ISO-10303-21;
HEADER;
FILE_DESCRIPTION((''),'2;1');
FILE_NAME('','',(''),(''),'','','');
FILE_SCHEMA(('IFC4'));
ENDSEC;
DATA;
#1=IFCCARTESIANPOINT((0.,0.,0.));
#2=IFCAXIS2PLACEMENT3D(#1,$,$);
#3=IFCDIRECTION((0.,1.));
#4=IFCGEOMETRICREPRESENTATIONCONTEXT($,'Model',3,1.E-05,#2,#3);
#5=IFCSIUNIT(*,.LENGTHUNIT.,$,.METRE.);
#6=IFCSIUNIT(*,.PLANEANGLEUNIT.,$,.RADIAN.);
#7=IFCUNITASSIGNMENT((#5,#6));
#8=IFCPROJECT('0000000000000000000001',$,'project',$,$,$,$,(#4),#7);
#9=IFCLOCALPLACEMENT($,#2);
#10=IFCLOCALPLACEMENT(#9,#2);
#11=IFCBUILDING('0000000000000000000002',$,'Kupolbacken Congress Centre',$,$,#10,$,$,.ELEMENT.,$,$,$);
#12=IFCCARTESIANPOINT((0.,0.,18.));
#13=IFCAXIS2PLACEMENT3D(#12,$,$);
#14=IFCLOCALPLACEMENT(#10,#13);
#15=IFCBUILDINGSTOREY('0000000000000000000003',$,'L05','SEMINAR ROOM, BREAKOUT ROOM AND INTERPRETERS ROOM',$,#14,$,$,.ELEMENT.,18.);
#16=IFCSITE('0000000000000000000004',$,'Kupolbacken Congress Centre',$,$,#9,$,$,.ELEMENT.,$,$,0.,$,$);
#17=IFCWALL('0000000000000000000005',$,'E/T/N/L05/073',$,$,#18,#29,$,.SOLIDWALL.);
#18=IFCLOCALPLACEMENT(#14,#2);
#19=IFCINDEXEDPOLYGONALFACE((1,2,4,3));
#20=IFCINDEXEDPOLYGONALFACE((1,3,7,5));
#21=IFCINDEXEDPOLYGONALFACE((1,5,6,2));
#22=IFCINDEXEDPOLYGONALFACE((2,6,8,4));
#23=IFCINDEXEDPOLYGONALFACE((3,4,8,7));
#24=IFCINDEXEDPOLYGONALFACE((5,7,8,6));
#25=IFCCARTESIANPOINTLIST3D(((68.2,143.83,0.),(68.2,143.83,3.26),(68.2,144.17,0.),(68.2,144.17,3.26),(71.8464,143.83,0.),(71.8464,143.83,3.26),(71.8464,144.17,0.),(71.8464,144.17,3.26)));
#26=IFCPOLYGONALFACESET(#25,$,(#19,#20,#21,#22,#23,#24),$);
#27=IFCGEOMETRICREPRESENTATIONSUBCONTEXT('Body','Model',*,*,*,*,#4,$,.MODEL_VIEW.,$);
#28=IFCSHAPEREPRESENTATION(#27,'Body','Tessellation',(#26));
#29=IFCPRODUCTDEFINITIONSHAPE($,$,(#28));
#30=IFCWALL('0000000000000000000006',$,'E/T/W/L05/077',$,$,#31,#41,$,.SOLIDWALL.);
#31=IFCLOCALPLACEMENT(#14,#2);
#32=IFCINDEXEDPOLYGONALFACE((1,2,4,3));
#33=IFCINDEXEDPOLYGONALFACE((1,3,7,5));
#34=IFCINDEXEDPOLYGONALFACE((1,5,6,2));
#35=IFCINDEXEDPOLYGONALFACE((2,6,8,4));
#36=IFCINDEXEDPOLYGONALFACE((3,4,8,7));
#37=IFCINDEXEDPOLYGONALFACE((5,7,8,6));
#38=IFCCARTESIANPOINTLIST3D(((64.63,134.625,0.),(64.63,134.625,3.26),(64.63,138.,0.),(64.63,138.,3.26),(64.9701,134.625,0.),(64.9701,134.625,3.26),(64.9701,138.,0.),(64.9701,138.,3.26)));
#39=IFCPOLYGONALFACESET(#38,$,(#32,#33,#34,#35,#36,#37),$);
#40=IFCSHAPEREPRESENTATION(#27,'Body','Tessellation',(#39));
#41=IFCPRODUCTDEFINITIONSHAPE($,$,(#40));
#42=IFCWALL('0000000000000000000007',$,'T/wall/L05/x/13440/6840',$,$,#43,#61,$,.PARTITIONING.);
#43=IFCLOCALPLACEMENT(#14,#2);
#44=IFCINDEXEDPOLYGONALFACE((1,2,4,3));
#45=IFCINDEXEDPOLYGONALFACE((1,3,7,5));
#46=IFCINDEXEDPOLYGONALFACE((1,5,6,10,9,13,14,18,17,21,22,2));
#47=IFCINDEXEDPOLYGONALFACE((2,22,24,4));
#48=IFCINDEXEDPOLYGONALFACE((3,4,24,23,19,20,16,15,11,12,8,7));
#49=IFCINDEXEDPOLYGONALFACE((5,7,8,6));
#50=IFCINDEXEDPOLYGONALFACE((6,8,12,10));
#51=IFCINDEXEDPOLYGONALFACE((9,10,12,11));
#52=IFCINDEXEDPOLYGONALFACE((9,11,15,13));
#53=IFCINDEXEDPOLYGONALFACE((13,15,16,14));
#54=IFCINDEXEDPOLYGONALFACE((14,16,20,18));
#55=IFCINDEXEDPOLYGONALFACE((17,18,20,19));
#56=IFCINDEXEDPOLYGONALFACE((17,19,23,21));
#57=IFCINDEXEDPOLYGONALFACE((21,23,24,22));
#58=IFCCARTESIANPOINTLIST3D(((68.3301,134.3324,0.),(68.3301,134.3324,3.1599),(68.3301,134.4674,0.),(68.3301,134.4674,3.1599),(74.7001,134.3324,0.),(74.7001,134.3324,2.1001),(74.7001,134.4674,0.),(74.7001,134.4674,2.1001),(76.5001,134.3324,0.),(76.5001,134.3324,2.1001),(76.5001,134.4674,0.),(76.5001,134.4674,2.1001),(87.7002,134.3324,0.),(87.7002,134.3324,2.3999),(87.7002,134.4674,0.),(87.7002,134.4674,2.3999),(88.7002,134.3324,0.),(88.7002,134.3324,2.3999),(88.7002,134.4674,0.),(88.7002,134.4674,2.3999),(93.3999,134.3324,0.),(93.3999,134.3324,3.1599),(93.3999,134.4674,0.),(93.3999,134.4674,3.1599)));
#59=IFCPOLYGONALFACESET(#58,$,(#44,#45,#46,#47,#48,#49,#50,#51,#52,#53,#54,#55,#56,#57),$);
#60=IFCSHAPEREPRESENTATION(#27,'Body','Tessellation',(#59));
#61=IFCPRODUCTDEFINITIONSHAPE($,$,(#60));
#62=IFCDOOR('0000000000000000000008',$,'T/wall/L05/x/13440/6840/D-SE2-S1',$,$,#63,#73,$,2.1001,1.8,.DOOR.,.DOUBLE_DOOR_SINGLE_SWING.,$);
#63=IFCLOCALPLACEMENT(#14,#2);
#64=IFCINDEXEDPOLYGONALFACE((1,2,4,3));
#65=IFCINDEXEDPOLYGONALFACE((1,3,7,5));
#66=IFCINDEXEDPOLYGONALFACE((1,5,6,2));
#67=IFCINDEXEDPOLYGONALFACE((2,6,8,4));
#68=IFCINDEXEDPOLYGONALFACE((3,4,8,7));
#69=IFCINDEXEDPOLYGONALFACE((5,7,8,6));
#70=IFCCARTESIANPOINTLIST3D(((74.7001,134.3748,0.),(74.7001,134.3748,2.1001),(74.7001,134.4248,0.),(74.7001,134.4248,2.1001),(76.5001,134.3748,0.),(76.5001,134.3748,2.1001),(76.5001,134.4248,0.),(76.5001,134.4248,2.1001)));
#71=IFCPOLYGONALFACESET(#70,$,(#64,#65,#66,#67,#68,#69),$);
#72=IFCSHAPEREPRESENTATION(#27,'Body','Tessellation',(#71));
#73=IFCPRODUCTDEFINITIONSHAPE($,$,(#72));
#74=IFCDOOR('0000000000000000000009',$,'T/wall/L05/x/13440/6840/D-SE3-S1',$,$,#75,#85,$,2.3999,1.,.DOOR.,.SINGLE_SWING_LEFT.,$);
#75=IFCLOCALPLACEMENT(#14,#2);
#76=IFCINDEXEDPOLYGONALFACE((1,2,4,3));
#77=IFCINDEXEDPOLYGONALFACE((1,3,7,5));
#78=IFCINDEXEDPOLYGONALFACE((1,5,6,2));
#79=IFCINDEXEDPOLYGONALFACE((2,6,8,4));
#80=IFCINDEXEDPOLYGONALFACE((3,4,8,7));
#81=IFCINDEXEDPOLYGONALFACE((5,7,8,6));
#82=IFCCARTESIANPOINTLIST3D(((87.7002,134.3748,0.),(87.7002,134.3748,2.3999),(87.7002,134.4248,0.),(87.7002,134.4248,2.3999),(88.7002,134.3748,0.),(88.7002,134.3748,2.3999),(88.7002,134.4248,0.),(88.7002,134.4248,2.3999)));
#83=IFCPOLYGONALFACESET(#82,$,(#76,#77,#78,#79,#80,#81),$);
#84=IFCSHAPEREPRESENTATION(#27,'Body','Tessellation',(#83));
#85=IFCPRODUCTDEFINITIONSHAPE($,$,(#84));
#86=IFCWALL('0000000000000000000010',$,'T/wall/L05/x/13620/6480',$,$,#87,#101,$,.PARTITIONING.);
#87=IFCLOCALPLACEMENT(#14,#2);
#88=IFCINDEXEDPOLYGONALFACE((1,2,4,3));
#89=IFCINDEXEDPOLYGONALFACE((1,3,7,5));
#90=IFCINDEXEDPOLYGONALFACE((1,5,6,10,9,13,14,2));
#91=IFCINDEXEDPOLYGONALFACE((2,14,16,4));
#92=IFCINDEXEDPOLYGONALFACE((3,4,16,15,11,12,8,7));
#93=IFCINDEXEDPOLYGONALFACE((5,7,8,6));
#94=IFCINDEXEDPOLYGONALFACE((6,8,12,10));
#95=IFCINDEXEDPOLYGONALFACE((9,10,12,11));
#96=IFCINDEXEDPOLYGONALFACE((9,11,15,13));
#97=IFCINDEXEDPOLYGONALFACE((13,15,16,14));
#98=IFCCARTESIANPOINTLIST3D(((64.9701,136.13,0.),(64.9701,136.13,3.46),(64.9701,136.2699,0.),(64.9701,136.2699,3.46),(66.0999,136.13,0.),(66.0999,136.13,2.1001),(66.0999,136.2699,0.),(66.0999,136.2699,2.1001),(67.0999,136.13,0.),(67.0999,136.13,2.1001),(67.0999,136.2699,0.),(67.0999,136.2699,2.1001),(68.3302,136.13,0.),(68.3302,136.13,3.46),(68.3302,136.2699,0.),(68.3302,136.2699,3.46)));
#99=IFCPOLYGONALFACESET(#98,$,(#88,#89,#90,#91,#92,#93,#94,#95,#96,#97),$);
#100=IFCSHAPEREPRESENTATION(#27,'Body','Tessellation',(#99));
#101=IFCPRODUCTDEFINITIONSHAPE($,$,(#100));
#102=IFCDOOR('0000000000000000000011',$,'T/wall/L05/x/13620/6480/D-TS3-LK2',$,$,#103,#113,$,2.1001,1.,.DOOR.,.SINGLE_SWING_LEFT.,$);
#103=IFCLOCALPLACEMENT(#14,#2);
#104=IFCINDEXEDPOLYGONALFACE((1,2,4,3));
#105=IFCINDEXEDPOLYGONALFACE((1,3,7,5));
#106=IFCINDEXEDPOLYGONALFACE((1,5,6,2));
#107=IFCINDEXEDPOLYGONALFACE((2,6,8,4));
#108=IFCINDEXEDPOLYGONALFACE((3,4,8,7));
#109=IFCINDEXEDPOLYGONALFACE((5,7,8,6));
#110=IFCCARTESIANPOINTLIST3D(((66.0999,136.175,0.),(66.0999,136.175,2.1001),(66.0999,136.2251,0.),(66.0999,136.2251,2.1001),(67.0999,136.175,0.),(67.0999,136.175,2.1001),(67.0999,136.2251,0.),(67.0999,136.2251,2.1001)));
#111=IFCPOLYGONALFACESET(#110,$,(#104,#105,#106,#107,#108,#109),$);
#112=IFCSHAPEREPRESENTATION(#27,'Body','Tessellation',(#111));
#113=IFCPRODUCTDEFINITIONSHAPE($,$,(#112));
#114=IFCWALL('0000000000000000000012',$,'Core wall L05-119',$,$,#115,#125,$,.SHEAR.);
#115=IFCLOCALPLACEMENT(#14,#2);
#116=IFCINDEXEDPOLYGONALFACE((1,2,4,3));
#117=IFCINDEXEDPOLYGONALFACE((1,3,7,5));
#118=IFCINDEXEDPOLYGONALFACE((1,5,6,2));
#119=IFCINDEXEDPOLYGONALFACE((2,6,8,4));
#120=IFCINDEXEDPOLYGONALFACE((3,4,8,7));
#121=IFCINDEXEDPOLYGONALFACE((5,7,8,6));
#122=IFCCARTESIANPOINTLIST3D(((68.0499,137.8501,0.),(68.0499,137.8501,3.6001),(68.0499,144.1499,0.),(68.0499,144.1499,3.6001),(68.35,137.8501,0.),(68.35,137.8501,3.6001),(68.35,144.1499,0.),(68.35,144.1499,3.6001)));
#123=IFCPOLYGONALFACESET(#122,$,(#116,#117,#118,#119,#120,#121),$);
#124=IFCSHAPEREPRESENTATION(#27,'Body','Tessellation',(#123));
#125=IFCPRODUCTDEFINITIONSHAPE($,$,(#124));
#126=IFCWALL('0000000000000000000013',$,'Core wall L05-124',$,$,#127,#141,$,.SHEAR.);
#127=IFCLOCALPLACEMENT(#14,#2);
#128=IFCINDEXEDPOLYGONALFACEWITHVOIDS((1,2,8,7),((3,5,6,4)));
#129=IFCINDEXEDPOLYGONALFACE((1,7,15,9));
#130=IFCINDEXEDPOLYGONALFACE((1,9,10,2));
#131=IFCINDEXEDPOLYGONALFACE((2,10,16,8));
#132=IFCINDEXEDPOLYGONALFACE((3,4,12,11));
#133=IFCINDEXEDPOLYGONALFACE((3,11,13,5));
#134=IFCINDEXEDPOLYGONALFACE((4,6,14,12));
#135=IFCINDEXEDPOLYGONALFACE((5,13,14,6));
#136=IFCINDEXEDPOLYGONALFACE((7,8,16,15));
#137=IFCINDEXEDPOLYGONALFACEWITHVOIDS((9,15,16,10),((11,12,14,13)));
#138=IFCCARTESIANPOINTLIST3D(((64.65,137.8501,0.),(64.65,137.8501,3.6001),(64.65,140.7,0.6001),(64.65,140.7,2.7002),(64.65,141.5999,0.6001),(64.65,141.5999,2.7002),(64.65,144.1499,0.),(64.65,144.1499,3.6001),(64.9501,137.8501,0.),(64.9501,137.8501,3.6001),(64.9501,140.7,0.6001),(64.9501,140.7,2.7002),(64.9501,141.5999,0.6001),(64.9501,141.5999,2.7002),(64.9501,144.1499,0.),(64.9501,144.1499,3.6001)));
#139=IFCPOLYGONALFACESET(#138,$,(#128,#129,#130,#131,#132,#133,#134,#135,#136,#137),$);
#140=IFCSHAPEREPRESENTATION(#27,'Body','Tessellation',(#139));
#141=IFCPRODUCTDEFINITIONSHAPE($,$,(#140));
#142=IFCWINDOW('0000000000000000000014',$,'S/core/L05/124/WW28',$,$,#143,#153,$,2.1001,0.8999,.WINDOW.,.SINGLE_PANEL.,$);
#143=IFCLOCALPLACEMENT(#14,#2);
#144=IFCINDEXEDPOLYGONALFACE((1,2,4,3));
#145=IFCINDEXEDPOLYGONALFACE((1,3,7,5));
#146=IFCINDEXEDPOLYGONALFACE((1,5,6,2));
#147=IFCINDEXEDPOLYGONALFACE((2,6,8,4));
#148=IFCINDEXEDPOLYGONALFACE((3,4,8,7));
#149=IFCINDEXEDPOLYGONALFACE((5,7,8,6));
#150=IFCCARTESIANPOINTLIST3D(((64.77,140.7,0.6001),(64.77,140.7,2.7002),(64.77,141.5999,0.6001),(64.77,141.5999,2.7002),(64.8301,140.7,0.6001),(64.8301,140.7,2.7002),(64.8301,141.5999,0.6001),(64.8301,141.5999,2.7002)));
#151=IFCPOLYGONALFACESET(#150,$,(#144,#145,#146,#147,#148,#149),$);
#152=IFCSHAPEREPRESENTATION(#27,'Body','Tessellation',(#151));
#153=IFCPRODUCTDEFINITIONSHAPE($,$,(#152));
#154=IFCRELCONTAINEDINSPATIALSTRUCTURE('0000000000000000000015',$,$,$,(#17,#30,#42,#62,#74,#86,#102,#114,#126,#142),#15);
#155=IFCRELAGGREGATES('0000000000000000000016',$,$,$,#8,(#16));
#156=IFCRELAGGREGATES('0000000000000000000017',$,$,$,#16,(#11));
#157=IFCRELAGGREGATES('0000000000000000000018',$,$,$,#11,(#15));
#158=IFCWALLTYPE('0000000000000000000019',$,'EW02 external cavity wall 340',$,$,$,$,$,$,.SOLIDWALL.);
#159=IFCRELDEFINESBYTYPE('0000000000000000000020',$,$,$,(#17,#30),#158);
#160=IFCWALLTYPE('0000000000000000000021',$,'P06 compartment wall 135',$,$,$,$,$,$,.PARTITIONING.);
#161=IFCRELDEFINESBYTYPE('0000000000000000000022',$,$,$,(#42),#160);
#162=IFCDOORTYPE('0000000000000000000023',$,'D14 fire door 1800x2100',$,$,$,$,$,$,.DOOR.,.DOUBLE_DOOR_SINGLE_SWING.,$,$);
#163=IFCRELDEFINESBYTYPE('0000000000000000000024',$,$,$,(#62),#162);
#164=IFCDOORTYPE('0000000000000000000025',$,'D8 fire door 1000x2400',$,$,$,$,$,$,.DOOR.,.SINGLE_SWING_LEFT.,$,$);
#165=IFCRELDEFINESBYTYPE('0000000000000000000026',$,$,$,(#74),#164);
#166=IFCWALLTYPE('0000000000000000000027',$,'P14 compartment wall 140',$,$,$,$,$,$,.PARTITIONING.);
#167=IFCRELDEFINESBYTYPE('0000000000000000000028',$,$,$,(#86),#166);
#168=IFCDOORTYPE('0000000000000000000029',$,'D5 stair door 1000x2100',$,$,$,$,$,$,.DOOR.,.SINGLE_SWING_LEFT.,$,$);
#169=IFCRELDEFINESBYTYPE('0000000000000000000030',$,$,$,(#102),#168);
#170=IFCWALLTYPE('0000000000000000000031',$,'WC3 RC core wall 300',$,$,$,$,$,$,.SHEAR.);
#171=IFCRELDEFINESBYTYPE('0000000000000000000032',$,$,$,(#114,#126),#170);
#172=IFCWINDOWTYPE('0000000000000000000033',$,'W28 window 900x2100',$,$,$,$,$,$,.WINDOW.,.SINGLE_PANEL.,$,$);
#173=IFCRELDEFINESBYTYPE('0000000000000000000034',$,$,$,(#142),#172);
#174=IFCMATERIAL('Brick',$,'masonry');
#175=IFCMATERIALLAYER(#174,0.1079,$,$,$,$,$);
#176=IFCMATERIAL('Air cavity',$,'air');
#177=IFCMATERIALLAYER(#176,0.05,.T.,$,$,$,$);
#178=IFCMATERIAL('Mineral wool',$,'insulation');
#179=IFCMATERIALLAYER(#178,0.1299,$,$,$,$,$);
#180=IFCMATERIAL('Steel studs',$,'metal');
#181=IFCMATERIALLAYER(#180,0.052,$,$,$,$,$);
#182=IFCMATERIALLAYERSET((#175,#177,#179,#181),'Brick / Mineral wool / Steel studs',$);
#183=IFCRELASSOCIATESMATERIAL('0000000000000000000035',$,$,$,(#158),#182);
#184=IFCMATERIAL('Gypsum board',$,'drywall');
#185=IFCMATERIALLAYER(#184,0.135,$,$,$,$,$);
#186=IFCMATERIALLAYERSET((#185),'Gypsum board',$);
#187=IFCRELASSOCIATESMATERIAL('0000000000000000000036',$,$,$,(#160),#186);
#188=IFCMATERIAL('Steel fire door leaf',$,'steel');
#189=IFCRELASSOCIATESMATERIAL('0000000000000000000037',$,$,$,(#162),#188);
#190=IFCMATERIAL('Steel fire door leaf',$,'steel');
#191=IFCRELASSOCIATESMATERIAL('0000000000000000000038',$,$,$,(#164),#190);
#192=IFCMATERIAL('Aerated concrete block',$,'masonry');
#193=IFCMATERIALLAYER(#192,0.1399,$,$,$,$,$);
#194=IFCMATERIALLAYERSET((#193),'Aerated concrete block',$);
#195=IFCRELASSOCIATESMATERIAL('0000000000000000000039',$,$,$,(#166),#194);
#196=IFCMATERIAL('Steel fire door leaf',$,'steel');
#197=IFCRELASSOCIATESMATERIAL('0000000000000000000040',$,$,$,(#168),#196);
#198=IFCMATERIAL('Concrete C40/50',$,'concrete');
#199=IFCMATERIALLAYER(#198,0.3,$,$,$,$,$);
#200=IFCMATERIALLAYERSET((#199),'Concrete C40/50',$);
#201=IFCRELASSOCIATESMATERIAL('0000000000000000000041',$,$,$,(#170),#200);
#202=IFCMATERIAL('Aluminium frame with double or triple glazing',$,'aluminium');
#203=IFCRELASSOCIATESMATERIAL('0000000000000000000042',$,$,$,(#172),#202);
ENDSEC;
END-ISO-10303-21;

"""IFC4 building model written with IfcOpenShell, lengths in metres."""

from ifc_helpers import new_model, si_unit, direction, frame, frame_2d, origin, place, context, subcontext, project, spatial, rectangle, extrude, material, layer, layer_set, type_object, element, fill, save


model = new_model("IFC4")

# Units and contexts
model_context = context("Model", 3, precision=1e-05, world=origin(), true_north=direction((0.0, 1.0)))
body_context = subcontext(model_context, "Body", "Model", "MODEL_VIEW")
ifc_project = project(units=[si_unit("LENGTHUNIT", "METRE"), si_unit("PLANEANGLEUNIT", "RADIAN")], contexts=[model_context])

# Site, building, storey
site_placement = place(None, origin())
site = spatial("IfcSite", under=ifc_project, at=site_placement, Name="Kupolbacken Congress Centre", CompositionType="ELEMENT", RefElevation=0.0)
building_placement = place(site_placement, origin())
building = spatial("IfcBuilding", under=site, at=building_placement, Name="Kupolbacken Congress Centre", CompositionType="ELEMENT")
storey_placement = place(building_placement, frame((0.0, 0.0, 18.0)))
storey = spatial("IfcBuildingStorey", under=building, at=storey_placement, Name="L05", Description="SEMINAR ROOM, BREAKOUT ROOM AND INTERPRETERS ROOM", CompositionType="ELEMENT", Elevation=18.0)

# Walls
ifc_material_1 = material(Name="Brick", Category="masonry")
ifc_layer_1 = layer(ifc_material_1, 0.1079)
ifc_material_2 = material(Name="Air cavity", Category="air")
ifc_layer_2 = layer(ifc_material_2, 0.05, ventilated=True)
ifc_material_3 = material(Name="Mineral wool", Category="insulation")
ifc_layer_3 = layer(ifc_material_3, 0.1299)
ifc_material_4 = material(Name="Steel studs", Category="metal")
ifc_layer_4 = layer(ifc_material_4, 0.052)
ifc_layer_set_1 = layer_set([ifc_layer_1, ifc_layer_2, ifc_layer_3, ifc_layer_4], Name="Brick / Mineral wool / Steel studs")
wall_type_1 = type_object("IfcWallType", Name="EW02 external cavity wall 340", PredefinedType="SOLIDWALL", material=ifc_layer_set_1)
wall_1_placement = place(storey_placement, frame((71.8464, 144.0, 0.0), z_axis=(0.0, 0.0, 1.0), x_axis=(-1.0, 0.0, 0.0)))
element("IfcWall", 1, at=wall_1_placement, inside=storey, type_object=wall_type_1, Name="E/T/N/L05/073", PredefinedType="SOLIDWALL", context=body_context, shape_type="SweptSolid", body=[
    extrude(rectangle(XDim=3.6465, YDim=0.3401, at=frame_2d((1.8232, 0.0))), origin(), (0.0, 0.0, 1.0), 3.26),
])
wall_2_placement = place(storey_placement, frame((64.8, 138.0, 0.0), z_axis=(0.0, 0.0, 1.0), x_axis=(0.0, -1.0, 0.0)))
element("IfcWall", 2, at=wall_2_placement, inside=storey, type_object=wall_type_1, Name="E/T/W/L05/077", PredefinedType="SOLIDWALL", context=body_context, shape_type="SweptSolid", body=[
    extrude(rectangle(XDim=3.375, YDim=0.3401, at=frame_2d((1.6875, 0.0))), origin(), (0.0, 0.0, 1.0), 3.26),
])

# Wall, openings, doors
ifc_material_5 = material(Name="Gypsum board", Category="drywall")
ifc_layer_5 = layer(ifc_material_5, 0.135)
ifc_layer_set_2 = layer_set([ifc_layer_5], Name="Gypsum board")
wall_type_2 = type_object("IfcWallType", Name="P06 compartment wall 135", PredefinedType="PARTITIONING", material=ifc_layer_set_2)
wall_3_placement = place(storey_placement, frame((68.3301, 134.3999, 0.0), z_axis=(0.0, 0.0, 1.0), x_axis=(1.0, 0.0, 0.0)))
wall_3 = element("IfcWall", 3, at=wall_3_placement, inside=storey, type_object=wall_type_2, Name="T/wall/L05/x/13440/6840", PredefinedType="PARTITIONING", context=body_context, shape_type="SweptSolid", body=[
    extrude(rectangle(XDim=25.0698, YDim=0.135, at=frame_2d((12.5349, 0.0))), origin(), (0.0, 0.0, 1.0), 3.1599),
])
opening_1_placement = place(wall_3_placement, frame((6.3701, 0.0, 0.0)))
opening_1 = element("IfcOpeningElement", 4, at=opening_1_placement, cuts=wall_3, PredefinedType="OPENING", context=body_context, shape_type="SweptSolid", body=[
    extrude(rectangle(XDim=1.8, YDim=2.1001, at=frame_2d((0.8999, 1.05))), frame((0.0, 0.0774, 0.0), z_axis=(0.0, -1.0, 0.0), x_axis=(1.0, 0.0, 0.0)), (0.0, 0.0, 1.0), 0.155),
])
opening_2_placement = place(wall_3_placement, frame((19.3701, 0.0, 0.0)))
opening_2 = element("IfcOpeningElement", 5, at=opening_2_placement, cuts=wall_3, PredefinedType="OPENING", context=body_context, shape_type="SweptSolid", body=[
    extrude(rectangle(XDim=1.0, YDim=2.3999, at=frame_2d((0.5, 1.2))), frame((0.0, 0.0774, 0.0), z_axis=(0.0, -1.0, 0.0), x_axis=(1.0, 0.0, 0.0)), (0.0, 0.0, 1.0), 0.155),
])
ifc_material_6 = material(Name="Steel fire door leaf", Category="steel")
door_type_1 = type_object("IfcDoorType", Name="D14 fire door 1800x2100", OperationType="DOUBLE_DOOR_SINGLE_SWING", PredefinedType="DOOR", material=ifc_material_6)
door_1_placement = place(opening_1_placement, origin())
door_1 = element("IfcDoor", 6, at=door_1_placement, inside=storey, type_object=door_type_1, Name="T/wall/L05/x/13440/6840/D-SE2-S1", OperationType="DOUBLE_DOOR_SINGLE_SWING", OverallHeight=2.1001, OverallWidth=1.8, PredefinedType="DOOR", context=body_context, shape_type="SweptSolid", body=[
    extrude(rectangle(XDim=1.8, YDim=2.1001, at=frame_2d((0.8999, 1.05))), frame((0.0, 0.0249, 0.0), z_axis=(0.0, -1.0, 0.0), x_axis=(1.0, 0.0, 0.0)), (0.0, 0.0, 1.0), 0.05),
])
fill(opening_1, door_1)
ifc_material_7 = material(Name="Steel fire door leaf", Category="steel")
door_type_2 = type_object("IfcDoorType", Name="D8 fire door 1000x2400", OperationType="SINGLE_SWING_LEFT", PredefinedType="DOOR", material=ifc_material_7)
door_2_placement = place(opening_2_placement, origin())
door_2 = element("IfcDoor", 7, at=door_2_placement, inside=storey, type_object=door_type_2, Name="T/wall/L05/x/13440/6840/D-SE3-S1", OperationType="SINGLE_SWING_LEFT", OverallHeight=2.3999, OverallWidth=1.0, PredefinedType="DOOR", context=body_context, shape_type="SweptSolid", body=[
    extrude(rectangle(XDim=1.0, YDim=2.3999, at=frame_2d((0.5, 1.2))), frame((0.0, 0.0249, 0.0), z_axis=(0.0, -1.0, 0.0), x_axis=(1.0, 0.0, 0.0)), (0.0, 0.0, 1.0), 0.05),
])
fill(opening_2, door_2)

# Wall, opening, door
ifc_material_8 = material(Name="Aerated concrete block", Category="masonry")
ifc_layer_6 = layer(ifc_material_8, 0.1399)
ifc_layer_set_3 = layer_set([ifc_layer_6], Name="Aerated concrete block")
wall_type_3 = type_object("IfcWallType", Name="P14 compartment wall 140", PredefinedType="PARTITIONING", material=ifc_layer_set_3)
wall_4_placement = place(storey_placement, frame((64.97, 136.2, 0.0), z_axis=(0.0, 0.0, 1.0), x_axis=(1.0, 0.0, 0.0)))
wall_4 = element("IfcWall", 8, at=wall_4_placement, inside=storey, type_object=wall_type_3, Name="T/wall/L05/x/13620/6480", PredefinedType="PARTITIONING", context=body_context, shape_type="SweptSolid", body=[
    extrude(rectangle(XDim=3.3601, YDim=0.1399, at=frame_2d((1.6802, 0.0))), origin(), (0.0, 0.0, 1.0), 3.46),
])
opening_3_placement = place(wall_4_placement, frame((1.1299, 0.0, 0.0)))
opening_3 = element("IfcOpeningElement", 9, at=opening_3_placement, cuts=wall_4, PredefinedType="OPENING", context=body_context, shape_type="SweptSolid", body=[
    extrude(rectangle(XDim=1.0, YDim=2.1001, at=frame_2d((0.5, 1.05))), frame((0.0, 0.0798, 0.0), z_axis=(0.0, -1.0, 0.0), x_axis=(1.0, 0.0, 0.0)), (0.0, 0.0, 1.0), 0.1599),
])
ifc_material_9 = material(Name="Steel fire door leaf", Category="steel")
door_type_3 = type_object("IfcDoorType", Name="D5 stair door 1000x2100", OperationType="SINGLE_SWING_LEFT", PredefinedType="DOOR", material=ifc_material_9)
door_3_placement = place(opening_3_placement, frame((1.0, 0.0, 0.0), z_axis=(0.0, 0.0, 1.0), x_axis=(-1.0, 0.0, 0.0)))
door_3 = element("IfcDoor", 10, at=door_3_placement, inside=storey, type_object=door_type_3, Name="T/wall/L05/x/13620/6480/D-TS3-LK2", OperationType="SINGLE_SWING_LEFT", OverallHeight=2.1001, OverallWidth=1.0, PredefinedType="DOOR", context=body_context, shape_type="SweptSolid", body=[
    extrude(rectangle(XDim=1.0, YDim=2.1001, at=frame_2d((0.5, 1.05))), frame((0.0, 0.0249, 0.0), z_axis=(0.0, -1.0, 0.0), x_axis=(1.0, 0.0, 0.0)), (0.0, 0.0, 1.0), 0.05),
])
fill(opening_3, door_3)

# Wall
ifc_material_10 = material(Name="Concrete C40/50", Category="concrete")
ifc_layer_7 = layer(ifc_material_10, 0.3)
ifc_layer_set_4 = layer_set([ifc_layer_7], Name="Concrete C40/50")
wall_type_4 = type_object("IfcWallType", Name="WC3 RC core wall 300", PredefinedType="SHEAR", material=ifc_layer_set_4)
wall_5_placement = place(storey_placement, frame((68.2, 137.8501, 0.0), z_axis=(0.0, 0.0, 1.0), x_axis=(0.0, 1.0, 0.0)))
element("IfcWall", 11, at=wall_5_placement, inside=storey, type_object=wall_type_4, Name="Core wall L05-119", PredefinedType="SHEAR", context=body_context, shape_type="SweptSolid", body=[
    extrude(rectangle(XDim=6.2998, YDim=0.3, at=frame_2d((3.1499, 0.0))), origin(), (0.0, 0.0, 1.0), 3.6001),
])

# Wall, opening, window
wall_6_placement = place(storey_placement, frame((64.8, 144.1499, 0.0), z_axis=(0.0, 0.0, 1.0), x_axis=(0.0, -1.0, 0.0)))
wall_6 = element("IfcWall", 12, at=wall_6_placement, inside=storey, type_object=wall_type_4, Name="Core wall L05-124", PredefinedType="SHEAR", context=body_context, shape_type="SweptSolid", body=[
    extrude(rectangle(XDim=6.2998, YDim=0.3, at=frame_2d((3.1499, 0.0))), origin(), (0.0, 0.0, 1.0), 3.6001),
])
opening_4_placement = place(wall_6_placement, frame((2.55, 0.0, 0.6001)))
opening_4 = element("IfcOpeningElement", 13, at=opening_4_placement, cuts=wall_6, PredefinedType="OPENING", context=body_context, shape_type="SweptSolid", body=[
    extrude(rectangle(XDim=0.8999, YDim=2.1001, at=frame_2d((0.45, 1.05))), frame((0.0, 0.1599, 0.0), z_axis=(0.0, -1.0, 0.0), x_axis=(1.0, 0.0, 0.0)), (0.0, 0.0, 1.0), 0.3201),
])
ifc_material_11 = material(Name="Aluminium frame with double or triple glazing", Category="aluminium")
window_type = type_object("IfcWindowType", Name="W28 window 900x2100", PartitioningType="SINGLE_PANEL", PredefinedType="WINDOW", material=ifc_material_11)
window_1_placement = place(opening_4_placement, origin())
window_1 = element("IfcWindow", 14, at=window_1_placement, inside=storey, type_object=window_type, Name="S/core/L05/124/WW28", OverallHeight=2.1001, OverallWidth=0.8999, PartitioningType="SINGLE_PANEL", PredefinedType="WINDOW", context=body_context, shape_type="SweptSolid", body=[
    extrude(rectangle(XDim=0.8999, YDim=2.1001, at=frame_2d((0.45, 1.05))), frame((0.0, 0.03, 0.0), z_axis=(0.0, -1.0, 0.0), x_axis=(1.0, 0.0, 0.0)), (0.0, 0.0, 1.0), 0.0601),
])
fill(opening_4, window_1)

save(model, "model.ifc")
